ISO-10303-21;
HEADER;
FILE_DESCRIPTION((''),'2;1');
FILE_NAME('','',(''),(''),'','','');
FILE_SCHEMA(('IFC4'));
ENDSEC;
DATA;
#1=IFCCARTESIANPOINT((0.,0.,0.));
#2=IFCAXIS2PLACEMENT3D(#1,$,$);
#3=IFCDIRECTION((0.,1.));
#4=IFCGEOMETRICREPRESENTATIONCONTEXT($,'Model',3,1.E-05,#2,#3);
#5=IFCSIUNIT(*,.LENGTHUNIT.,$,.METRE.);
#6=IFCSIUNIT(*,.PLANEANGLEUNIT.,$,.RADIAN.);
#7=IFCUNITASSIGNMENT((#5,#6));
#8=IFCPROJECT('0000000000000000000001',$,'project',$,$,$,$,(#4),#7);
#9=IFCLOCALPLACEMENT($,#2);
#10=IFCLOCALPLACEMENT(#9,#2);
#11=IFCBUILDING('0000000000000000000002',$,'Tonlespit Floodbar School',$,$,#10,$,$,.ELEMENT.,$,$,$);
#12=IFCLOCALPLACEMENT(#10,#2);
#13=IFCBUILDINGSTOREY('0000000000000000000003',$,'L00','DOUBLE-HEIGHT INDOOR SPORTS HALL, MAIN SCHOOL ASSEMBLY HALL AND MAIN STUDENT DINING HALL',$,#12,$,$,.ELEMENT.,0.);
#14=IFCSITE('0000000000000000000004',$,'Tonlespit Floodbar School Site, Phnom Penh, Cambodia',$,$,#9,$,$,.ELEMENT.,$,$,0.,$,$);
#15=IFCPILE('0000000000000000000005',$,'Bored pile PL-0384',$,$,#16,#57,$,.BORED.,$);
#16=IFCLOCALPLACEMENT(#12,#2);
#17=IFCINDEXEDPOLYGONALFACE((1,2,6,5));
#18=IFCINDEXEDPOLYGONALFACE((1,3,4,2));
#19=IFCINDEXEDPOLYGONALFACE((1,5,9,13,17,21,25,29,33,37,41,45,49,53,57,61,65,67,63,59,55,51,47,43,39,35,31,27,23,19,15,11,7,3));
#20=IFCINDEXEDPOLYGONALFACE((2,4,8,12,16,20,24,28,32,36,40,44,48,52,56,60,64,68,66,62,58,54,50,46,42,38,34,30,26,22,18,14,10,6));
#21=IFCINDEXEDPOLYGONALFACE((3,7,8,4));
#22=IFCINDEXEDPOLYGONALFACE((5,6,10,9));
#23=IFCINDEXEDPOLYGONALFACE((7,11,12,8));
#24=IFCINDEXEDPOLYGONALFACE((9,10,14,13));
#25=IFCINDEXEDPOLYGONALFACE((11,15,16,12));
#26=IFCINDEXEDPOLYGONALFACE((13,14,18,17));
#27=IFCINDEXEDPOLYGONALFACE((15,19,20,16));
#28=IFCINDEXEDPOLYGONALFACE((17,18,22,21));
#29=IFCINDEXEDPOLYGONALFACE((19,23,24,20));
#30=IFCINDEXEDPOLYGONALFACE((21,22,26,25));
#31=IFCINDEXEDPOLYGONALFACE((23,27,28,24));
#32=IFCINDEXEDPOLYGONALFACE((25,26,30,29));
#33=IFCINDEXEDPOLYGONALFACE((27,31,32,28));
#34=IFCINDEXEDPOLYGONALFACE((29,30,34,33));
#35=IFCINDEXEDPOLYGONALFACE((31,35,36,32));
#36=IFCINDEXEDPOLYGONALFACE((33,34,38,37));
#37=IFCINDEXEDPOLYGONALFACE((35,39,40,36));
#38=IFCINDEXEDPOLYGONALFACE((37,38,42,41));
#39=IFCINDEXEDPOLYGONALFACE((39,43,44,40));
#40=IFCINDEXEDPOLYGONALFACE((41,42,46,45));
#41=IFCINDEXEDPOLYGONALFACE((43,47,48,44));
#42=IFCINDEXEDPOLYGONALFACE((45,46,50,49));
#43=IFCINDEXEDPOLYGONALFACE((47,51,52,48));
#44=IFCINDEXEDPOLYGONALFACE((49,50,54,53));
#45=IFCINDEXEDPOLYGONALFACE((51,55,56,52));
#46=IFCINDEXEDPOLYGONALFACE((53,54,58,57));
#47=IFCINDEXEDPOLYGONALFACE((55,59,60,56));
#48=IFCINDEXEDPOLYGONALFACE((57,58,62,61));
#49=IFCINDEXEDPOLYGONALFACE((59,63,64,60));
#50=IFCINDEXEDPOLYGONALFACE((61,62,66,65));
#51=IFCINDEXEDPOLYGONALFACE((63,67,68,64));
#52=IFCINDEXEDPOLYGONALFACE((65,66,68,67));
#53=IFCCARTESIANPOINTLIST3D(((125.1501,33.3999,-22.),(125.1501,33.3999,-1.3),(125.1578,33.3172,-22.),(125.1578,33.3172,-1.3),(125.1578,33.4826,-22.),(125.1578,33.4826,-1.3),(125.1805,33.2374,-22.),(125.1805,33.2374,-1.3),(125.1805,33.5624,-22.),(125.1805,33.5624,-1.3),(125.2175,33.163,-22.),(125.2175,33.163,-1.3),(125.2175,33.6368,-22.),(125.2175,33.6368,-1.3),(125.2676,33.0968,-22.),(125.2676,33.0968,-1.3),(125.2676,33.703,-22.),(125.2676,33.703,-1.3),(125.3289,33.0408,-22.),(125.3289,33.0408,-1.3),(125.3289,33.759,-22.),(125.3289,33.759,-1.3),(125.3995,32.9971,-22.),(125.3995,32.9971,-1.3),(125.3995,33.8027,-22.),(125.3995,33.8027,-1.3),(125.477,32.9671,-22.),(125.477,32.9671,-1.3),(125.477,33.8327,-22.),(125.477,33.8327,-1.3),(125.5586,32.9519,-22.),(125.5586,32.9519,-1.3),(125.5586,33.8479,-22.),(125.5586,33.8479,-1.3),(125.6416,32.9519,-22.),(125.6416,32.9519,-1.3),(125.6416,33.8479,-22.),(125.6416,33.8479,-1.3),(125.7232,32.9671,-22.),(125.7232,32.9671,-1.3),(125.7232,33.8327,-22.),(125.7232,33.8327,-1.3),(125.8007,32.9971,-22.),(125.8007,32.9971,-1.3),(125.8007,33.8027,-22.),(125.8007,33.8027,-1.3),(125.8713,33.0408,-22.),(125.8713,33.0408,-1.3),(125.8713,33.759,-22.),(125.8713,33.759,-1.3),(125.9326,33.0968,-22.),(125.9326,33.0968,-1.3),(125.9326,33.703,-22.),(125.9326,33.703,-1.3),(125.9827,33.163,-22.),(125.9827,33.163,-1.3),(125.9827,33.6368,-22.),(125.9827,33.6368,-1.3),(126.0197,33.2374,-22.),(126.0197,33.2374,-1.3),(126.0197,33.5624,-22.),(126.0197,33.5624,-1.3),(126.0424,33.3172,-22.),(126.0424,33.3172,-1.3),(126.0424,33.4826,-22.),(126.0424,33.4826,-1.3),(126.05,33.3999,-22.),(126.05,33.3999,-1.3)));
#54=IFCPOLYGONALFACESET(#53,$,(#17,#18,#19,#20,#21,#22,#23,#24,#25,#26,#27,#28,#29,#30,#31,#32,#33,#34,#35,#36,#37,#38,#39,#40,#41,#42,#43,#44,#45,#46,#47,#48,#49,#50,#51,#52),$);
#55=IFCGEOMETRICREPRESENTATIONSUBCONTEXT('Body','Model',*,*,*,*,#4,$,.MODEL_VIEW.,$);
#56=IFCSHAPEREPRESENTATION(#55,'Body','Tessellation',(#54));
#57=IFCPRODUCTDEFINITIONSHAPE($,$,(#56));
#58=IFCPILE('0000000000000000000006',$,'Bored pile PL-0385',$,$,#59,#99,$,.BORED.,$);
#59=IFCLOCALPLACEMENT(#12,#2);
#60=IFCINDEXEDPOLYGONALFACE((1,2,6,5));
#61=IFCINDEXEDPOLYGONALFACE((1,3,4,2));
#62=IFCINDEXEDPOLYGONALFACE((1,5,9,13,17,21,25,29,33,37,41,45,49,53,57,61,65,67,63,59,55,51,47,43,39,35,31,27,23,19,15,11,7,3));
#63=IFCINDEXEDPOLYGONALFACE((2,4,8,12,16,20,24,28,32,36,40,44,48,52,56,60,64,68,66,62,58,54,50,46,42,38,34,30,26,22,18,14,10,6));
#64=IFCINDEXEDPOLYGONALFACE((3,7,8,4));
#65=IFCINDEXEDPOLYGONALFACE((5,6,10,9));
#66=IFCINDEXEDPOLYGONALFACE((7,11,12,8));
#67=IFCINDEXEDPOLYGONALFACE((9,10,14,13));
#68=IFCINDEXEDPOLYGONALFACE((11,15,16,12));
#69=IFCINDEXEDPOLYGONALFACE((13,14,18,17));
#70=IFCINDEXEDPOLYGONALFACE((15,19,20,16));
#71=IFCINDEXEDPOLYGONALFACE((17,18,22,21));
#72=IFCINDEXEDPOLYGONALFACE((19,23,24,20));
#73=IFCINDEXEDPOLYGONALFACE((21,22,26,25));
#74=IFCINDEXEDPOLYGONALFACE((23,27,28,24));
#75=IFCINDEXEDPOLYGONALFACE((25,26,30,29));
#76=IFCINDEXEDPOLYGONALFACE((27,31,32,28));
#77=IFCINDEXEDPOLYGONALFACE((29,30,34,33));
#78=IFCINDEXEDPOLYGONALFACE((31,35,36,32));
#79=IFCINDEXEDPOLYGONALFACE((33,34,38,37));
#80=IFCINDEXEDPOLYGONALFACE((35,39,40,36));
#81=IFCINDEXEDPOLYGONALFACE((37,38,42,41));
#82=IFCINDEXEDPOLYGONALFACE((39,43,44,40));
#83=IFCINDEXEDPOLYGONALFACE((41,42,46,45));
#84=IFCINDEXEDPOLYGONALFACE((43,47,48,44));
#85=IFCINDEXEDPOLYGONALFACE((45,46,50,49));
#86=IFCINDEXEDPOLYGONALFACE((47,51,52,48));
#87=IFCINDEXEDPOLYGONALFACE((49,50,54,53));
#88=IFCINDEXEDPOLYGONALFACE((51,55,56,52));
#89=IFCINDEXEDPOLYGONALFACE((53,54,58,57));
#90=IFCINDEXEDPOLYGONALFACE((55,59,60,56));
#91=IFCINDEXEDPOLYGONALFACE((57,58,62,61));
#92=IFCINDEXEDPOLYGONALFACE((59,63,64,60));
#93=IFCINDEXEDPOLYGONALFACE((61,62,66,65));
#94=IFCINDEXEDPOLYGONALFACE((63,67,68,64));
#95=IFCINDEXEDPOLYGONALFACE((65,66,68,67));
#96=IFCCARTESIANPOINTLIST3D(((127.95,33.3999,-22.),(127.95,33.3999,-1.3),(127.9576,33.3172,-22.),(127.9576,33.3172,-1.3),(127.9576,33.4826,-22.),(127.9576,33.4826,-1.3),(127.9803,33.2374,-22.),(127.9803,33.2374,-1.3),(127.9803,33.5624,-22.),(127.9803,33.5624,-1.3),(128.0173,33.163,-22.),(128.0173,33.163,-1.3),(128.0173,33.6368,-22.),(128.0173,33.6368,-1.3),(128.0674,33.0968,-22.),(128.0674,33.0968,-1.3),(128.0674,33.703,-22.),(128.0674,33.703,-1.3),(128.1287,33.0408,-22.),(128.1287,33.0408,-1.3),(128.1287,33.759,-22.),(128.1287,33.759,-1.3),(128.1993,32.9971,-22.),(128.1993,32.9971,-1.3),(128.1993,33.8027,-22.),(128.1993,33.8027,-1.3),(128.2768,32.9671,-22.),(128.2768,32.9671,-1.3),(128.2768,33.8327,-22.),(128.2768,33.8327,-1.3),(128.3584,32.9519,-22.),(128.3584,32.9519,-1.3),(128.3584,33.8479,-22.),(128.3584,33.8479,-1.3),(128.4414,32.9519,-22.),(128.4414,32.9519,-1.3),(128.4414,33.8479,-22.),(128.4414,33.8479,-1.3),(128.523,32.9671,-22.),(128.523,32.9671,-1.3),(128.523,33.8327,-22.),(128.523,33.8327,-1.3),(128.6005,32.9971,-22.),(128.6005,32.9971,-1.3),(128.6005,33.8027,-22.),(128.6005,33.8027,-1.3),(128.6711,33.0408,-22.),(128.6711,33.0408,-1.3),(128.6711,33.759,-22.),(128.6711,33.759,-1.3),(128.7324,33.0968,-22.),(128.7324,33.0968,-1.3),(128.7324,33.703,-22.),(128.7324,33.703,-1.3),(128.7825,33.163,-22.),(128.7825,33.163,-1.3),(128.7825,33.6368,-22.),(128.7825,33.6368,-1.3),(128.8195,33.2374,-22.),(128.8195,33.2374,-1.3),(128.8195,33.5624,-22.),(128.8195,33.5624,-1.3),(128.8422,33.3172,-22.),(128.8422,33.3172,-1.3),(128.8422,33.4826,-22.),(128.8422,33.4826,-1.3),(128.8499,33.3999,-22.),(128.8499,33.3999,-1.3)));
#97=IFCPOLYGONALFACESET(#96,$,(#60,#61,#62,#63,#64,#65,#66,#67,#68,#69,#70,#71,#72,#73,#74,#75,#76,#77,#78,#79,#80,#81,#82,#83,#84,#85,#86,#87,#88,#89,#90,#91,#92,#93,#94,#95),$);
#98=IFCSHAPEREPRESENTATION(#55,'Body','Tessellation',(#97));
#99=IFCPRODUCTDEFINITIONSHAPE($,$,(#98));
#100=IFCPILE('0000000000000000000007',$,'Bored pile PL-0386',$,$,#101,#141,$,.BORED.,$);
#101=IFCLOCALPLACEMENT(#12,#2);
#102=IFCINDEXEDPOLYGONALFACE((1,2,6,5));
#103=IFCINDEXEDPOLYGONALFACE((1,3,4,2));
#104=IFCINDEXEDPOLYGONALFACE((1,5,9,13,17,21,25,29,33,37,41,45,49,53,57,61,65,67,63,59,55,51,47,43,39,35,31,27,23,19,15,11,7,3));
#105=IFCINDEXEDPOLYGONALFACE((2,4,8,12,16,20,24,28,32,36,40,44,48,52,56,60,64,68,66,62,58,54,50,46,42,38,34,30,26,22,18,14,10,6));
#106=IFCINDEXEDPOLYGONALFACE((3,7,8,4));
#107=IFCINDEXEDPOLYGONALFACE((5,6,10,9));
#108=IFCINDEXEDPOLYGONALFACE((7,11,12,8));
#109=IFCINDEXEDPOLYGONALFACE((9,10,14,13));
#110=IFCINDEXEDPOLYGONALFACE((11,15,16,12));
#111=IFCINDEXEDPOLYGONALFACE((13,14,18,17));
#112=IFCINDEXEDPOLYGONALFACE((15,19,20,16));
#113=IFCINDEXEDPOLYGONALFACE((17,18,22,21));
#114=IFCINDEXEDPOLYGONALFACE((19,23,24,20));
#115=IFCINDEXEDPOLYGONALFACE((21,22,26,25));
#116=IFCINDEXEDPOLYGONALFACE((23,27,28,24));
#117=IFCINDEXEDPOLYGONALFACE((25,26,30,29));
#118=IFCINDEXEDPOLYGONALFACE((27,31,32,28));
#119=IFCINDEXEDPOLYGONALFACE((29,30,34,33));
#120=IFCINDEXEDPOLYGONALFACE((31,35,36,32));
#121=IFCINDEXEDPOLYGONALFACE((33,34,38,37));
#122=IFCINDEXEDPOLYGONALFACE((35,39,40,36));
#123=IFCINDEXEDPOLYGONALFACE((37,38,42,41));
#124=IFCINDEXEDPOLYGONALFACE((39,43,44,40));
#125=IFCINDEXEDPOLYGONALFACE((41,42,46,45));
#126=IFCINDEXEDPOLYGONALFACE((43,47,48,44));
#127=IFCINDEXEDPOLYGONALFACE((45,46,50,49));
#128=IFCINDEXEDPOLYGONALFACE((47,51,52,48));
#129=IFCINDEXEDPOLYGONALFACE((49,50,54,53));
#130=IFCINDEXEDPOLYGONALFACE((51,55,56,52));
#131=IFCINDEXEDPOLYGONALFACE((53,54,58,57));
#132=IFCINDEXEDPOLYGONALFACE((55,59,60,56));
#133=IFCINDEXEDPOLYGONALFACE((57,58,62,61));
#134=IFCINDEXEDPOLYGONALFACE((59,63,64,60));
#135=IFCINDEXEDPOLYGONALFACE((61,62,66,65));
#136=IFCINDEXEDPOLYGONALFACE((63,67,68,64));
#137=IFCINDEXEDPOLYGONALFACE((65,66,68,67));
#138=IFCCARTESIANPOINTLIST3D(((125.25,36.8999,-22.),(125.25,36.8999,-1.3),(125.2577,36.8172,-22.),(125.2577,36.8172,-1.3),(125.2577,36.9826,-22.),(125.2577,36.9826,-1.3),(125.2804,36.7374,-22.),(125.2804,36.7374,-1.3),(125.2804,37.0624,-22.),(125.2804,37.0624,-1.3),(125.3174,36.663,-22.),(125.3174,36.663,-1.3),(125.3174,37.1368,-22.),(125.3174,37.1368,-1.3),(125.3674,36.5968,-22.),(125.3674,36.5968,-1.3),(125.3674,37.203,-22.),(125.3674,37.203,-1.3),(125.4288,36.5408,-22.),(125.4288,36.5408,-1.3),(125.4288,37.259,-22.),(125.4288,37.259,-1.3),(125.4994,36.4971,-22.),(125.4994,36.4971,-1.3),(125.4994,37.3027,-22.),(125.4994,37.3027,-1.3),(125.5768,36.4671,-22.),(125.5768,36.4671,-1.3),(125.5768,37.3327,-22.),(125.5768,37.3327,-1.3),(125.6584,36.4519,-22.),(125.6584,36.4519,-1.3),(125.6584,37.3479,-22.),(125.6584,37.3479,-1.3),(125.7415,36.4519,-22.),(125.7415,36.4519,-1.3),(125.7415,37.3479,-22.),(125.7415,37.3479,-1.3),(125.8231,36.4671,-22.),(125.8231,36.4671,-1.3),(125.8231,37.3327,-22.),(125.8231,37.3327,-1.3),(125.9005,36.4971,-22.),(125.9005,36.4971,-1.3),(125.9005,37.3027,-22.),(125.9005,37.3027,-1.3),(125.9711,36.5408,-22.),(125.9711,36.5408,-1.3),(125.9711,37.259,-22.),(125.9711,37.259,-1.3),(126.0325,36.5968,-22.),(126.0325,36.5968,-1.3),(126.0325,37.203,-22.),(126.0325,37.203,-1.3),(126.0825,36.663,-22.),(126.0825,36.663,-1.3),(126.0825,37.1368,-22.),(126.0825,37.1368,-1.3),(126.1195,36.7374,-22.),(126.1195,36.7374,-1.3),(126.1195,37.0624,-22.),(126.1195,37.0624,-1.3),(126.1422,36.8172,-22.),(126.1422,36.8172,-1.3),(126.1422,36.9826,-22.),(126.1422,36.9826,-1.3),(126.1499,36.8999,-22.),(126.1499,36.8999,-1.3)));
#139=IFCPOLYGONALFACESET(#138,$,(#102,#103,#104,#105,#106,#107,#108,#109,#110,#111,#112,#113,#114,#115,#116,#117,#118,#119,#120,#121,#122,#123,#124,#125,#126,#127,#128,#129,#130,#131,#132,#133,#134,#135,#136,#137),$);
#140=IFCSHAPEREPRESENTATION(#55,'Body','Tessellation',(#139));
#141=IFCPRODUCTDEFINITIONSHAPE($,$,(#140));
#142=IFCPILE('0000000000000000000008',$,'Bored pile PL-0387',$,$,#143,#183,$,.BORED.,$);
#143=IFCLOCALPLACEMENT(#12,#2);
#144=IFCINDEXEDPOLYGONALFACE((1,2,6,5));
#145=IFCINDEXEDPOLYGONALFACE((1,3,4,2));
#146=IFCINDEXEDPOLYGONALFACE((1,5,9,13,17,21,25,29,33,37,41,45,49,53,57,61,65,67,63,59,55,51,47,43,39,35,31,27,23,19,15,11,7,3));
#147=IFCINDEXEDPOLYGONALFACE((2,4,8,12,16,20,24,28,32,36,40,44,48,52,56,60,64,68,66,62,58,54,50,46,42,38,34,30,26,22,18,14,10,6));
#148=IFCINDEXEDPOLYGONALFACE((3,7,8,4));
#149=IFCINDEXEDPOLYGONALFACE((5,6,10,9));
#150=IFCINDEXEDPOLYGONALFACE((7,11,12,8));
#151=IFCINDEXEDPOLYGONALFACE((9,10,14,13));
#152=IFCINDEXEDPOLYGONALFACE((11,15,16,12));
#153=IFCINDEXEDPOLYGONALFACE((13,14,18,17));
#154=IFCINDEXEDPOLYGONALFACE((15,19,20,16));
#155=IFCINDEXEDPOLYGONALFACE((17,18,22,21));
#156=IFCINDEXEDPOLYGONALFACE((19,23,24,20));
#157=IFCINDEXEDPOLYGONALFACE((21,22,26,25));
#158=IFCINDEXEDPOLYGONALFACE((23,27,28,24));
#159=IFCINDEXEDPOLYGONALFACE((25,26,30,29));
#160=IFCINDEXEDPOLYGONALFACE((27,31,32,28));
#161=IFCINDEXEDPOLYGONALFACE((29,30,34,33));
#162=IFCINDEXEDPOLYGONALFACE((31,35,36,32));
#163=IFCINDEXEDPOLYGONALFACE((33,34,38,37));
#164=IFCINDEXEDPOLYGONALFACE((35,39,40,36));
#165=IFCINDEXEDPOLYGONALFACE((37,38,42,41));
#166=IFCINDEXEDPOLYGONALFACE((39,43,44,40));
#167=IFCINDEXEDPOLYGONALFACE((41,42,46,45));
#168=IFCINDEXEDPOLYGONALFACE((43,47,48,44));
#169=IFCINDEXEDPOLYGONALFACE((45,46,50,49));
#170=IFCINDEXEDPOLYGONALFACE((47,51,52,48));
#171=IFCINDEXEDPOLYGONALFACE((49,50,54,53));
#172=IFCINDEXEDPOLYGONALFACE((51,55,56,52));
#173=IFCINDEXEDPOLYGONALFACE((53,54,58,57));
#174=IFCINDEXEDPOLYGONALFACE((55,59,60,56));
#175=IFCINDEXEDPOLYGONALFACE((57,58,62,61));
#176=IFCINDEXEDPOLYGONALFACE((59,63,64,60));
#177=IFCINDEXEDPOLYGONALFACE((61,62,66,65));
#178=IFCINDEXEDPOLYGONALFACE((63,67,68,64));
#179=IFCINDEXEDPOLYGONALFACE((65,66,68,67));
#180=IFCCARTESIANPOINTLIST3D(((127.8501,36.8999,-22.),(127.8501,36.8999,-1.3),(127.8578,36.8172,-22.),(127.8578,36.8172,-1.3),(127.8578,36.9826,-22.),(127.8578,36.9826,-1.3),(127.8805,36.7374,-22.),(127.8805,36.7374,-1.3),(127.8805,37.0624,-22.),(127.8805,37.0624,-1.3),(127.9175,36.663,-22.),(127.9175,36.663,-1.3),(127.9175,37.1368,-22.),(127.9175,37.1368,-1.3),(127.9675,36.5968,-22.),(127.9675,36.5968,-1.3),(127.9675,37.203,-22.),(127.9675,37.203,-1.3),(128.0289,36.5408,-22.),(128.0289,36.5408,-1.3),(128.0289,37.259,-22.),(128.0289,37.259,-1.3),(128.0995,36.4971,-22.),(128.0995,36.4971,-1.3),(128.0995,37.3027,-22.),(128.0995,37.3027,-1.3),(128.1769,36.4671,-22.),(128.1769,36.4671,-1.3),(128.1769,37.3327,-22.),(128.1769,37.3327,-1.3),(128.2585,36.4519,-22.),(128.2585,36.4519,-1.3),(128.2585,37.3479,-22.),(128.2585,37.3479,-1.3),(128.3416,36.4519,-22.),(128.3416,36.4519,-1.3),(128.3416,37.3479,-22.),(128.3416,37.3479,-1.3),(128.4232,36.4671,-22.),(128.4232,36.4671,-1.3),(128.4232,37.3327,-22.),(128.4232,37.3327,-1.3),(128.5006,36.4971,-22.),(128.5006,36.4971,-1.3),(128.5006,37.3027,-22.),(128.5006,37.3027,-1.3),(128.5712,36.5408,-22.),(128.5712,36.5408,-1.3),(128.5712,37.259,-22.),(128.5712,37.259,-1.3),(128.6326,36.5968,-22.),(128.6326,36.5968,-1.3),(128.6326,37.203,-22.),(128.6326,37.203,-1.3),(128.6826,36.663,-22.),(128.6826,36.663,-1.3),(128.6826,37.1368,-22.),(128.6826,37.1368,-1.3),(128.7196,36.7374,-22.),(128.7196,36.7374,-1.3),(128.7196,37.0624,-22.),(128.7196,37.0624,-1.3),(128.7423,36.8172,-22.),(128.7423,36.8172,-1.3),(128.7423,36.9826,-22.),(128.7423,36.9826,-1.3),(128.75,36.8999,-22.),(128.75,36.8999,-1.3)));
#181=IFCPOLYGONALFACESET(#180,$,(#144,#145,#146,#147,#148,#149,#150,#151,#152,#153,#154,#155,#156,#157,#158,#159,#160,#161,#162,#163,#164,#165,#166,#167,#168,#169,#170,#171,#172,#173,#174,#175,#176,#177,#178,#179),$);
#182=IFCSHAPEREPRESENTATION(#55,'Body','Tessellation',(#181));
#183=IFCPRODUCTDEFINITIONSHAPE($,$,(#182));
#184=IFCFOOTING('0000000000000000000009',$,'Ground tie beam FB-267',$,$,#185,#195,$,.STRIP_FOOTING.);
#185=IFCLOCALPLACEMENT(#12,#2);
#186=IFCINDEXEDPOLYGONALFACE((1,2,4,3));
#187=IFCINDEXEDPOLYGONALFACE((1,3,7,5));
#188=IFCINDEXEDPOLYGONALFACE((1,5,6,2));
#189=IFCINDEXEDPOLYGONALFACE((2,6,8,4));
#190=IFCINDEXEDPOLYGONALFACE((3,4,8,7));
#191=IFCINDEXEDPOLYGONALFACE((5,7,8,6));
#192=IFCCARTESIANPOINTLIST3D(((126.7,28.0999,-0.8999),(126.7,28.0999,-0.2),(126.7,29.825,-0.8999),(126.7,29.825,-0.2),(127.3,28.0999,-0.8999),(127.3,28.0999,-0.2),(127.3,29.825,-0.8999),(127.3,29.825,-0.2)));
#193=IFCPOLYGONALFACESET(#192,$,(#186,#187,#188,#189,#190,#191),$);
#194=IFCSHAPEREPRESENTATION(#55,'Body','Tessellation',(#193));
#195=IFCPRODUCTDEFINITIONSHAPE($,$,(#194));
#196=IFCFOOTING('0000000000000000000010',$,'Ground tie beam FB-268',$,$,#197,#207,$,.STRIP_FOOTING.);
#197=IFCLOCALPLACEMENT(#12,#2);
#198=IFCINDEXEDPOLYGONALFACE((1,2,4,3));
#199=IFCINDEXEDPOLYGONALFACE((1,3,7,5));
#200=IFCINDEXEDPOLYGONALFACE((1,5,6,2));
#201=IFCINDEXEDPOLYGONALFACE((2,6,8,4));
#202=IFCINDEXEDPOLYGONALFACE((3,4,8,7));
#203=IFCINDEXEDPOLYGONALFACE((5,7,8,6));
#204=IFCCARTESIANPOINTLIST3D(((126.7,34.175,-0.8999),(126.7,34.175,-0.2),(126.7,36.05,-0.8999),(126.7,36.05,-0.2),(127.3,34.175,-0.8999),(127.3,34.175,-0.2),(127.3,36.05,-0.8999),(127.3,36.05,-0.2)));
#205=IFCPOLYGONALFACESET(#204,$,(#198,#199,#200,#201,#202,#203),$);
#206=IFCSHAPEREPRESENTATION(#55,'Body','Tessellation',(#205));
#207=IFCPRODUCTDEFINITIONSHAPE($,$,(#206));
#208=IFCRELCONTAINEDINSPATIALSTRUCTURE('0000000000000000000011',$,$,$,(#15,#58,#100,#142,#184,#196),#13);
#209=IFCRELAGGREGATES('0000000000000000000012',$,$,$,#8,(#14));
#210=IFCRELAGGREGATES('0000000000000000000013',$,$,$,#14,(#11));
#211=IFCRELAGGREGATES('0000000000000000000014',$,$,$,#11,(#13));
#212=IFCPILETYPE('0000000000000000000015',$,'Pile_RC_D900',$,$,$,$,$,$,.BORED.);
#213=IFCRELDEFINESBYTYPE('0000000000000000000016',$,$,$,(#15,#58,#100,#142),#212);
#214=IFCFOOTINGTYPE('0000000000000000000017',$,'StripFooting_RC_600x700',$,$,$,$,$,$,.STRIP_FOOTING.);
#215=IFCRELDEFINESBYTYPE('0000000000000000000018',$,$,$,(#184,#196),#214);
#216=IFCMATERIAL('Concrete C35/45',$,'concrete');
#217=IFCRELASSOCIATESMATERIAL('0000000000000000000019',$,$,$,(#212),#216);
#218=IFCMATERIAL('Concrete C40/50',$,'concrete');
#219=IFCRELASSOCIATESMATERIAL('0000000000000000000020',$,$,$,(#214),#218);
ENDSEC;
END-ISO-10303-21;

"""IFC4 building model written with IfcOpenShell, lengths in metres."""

from ifc_helpers import new_model, si_unit, direction, frame, origin, origin_2d, place, context, subcontext, project, spatial, rectangle, circle, extrude, material, material_profile, profile_set, type_object, element, save


model = new_model("IFC4")

# Units and contexts
model_context = context("Model", 3, precision=1e-05, world=origin(), true_north=direction((0.0, 1.0)))
body_context = subcontext(model_context, "Body", "Model", "MODEL_VIEW")
ifc_project = project(units=[si_unit("LENGTHUNIT", "METRE"), si_unit("PLANEANGLEUNIT", "RADIAN")], contexts=[model_context])

# Site, building, storey
site_placement = place(None, origin())
site = spatial("IfcSite", under=ifc_project, at=site_placement, Name="Tonlespit Floodbar School Site, Phnom Penh, Cambodia", CompositionType="ELEMENT", RefElevation=0.0)
building_placement = place(site_placement, origin())
building = spatial("IfcBuilding", under=site, at=building_placement, Name="Tonlespit Floodbar School", CompositionType="ELEMENT")
storey_placement = place(building_placement, origin())
storey = spatial("IfcBuildingStorey", under=building, at=storey_placement, Name="L00", Description="DOUBLE-HEIGHT INDOOR SPORTS HALL, MAIN SCHOOL ASSEMBLY HALL AND MAIN STUDENT DINING HALL", CompositionType="ELEMENT", Elevation=0.0)

# Shared definitions
ifc_material_1 = material(Name="Concrete C40/50", Category="concrete")

# Piles
ifc_material_2 = material(Name="Concrete C35/45", Category="concrete")
ifc_material_profile_1 = material_profile(ifc_material_2, circle(Radius=0.45, at=origin_2d()), Name="BP D900")
ifc_profile_set_1 = profile_set([ifc_material_profile_1], Name="Concrete C35/45")
pile_type = type_object("IfcPileType", Name="Pile_RC_D900", PredefinedType="BORED", material=ifc_profile_set_1)
for number, where, z_axis, x_axis, name in (
    (1, (125.6001, 33.3999, -1.3), (0.0, 0.0, -1.0), (1.0, 0.0, 0.0), "Bored pile PL-0384"),
    (2, (128.3999, 33.3999, -1.3), (0.0, 0.0, -1.0), (1.0, 0.0, 0.0), "Bored pile PL-0385"),
    (3, (125.7, 36.8999, -1.3), (0.0, 0.0, -1.0), (1.0, 0.0, 0.0), "Bored pile PL-0386"),
    (4, (128.3, 36.8999, -1.3), (0.0, 0.0, -1.0), (1.0, 0.0, 0.0), "Bored pile PL-0387"),
):
    element("IfcPile", number, at=place(storey_placement, frame(where, z_axis=z_axis, x_axis=x_axis)), inside=storey, type_object=pile_type, Name=name, PredefinedType="BORED", context=body_context, shape_type="SweptSolid", body=[
        extrude(circle(Radius=0.45, at=origin_2d()), origin(), (0.0, 0.0, 1.0), 20.7),
    ])

# Footings
footing_type_1 = type_object("IfcFootingType", Name="StripFooting_RC_600x700", PredefinedType="STRIP_FOOTING", material=ifc_material_1)
footing_1_placement = place(storey_placement, frame((127.0, 28.9624, -0.8999), z_axis=(0.0, 0.0, 1.0), x_axis=(0.0, 1.0, 0.0)))
element("IfcFooting", 5, at=footing_1_placement, inside=storey, type_object=footing_type_1, Name="Ground tie beam FB-267", PredefinedType="STRIP_FOOTING", context=body_context, shape_type="SweptSolid", body=[
    extrude(rectangle(XDim=1.7251, YDim=0.6001, at=origin_2d()), origin(), (0.0, 0.0, 1.0), 0.7),
])
footing_2_placement = place(storey_placement, frame((127.0, 35.1125, -0.8999), z_axis=(0.0, 0.0, 1.0), x_axis=(0.0, 1.0, 0.0)))
element("IfcFooting", 6, at=footing_2_placement, inside=storey, type_object=footing_type_1, Name="Ground tie beam FB-268", PredefinedType="STRIP_FOOTING", context=body_context, shape_type="SweptSolid", body=[
    extrude(rectangle(XDim=1.875, YDim=0.6001, at=origin_2d()), origin(), (0.0, 0.0, 1.0), 0.7),
])

save(model, "model.ifc")
